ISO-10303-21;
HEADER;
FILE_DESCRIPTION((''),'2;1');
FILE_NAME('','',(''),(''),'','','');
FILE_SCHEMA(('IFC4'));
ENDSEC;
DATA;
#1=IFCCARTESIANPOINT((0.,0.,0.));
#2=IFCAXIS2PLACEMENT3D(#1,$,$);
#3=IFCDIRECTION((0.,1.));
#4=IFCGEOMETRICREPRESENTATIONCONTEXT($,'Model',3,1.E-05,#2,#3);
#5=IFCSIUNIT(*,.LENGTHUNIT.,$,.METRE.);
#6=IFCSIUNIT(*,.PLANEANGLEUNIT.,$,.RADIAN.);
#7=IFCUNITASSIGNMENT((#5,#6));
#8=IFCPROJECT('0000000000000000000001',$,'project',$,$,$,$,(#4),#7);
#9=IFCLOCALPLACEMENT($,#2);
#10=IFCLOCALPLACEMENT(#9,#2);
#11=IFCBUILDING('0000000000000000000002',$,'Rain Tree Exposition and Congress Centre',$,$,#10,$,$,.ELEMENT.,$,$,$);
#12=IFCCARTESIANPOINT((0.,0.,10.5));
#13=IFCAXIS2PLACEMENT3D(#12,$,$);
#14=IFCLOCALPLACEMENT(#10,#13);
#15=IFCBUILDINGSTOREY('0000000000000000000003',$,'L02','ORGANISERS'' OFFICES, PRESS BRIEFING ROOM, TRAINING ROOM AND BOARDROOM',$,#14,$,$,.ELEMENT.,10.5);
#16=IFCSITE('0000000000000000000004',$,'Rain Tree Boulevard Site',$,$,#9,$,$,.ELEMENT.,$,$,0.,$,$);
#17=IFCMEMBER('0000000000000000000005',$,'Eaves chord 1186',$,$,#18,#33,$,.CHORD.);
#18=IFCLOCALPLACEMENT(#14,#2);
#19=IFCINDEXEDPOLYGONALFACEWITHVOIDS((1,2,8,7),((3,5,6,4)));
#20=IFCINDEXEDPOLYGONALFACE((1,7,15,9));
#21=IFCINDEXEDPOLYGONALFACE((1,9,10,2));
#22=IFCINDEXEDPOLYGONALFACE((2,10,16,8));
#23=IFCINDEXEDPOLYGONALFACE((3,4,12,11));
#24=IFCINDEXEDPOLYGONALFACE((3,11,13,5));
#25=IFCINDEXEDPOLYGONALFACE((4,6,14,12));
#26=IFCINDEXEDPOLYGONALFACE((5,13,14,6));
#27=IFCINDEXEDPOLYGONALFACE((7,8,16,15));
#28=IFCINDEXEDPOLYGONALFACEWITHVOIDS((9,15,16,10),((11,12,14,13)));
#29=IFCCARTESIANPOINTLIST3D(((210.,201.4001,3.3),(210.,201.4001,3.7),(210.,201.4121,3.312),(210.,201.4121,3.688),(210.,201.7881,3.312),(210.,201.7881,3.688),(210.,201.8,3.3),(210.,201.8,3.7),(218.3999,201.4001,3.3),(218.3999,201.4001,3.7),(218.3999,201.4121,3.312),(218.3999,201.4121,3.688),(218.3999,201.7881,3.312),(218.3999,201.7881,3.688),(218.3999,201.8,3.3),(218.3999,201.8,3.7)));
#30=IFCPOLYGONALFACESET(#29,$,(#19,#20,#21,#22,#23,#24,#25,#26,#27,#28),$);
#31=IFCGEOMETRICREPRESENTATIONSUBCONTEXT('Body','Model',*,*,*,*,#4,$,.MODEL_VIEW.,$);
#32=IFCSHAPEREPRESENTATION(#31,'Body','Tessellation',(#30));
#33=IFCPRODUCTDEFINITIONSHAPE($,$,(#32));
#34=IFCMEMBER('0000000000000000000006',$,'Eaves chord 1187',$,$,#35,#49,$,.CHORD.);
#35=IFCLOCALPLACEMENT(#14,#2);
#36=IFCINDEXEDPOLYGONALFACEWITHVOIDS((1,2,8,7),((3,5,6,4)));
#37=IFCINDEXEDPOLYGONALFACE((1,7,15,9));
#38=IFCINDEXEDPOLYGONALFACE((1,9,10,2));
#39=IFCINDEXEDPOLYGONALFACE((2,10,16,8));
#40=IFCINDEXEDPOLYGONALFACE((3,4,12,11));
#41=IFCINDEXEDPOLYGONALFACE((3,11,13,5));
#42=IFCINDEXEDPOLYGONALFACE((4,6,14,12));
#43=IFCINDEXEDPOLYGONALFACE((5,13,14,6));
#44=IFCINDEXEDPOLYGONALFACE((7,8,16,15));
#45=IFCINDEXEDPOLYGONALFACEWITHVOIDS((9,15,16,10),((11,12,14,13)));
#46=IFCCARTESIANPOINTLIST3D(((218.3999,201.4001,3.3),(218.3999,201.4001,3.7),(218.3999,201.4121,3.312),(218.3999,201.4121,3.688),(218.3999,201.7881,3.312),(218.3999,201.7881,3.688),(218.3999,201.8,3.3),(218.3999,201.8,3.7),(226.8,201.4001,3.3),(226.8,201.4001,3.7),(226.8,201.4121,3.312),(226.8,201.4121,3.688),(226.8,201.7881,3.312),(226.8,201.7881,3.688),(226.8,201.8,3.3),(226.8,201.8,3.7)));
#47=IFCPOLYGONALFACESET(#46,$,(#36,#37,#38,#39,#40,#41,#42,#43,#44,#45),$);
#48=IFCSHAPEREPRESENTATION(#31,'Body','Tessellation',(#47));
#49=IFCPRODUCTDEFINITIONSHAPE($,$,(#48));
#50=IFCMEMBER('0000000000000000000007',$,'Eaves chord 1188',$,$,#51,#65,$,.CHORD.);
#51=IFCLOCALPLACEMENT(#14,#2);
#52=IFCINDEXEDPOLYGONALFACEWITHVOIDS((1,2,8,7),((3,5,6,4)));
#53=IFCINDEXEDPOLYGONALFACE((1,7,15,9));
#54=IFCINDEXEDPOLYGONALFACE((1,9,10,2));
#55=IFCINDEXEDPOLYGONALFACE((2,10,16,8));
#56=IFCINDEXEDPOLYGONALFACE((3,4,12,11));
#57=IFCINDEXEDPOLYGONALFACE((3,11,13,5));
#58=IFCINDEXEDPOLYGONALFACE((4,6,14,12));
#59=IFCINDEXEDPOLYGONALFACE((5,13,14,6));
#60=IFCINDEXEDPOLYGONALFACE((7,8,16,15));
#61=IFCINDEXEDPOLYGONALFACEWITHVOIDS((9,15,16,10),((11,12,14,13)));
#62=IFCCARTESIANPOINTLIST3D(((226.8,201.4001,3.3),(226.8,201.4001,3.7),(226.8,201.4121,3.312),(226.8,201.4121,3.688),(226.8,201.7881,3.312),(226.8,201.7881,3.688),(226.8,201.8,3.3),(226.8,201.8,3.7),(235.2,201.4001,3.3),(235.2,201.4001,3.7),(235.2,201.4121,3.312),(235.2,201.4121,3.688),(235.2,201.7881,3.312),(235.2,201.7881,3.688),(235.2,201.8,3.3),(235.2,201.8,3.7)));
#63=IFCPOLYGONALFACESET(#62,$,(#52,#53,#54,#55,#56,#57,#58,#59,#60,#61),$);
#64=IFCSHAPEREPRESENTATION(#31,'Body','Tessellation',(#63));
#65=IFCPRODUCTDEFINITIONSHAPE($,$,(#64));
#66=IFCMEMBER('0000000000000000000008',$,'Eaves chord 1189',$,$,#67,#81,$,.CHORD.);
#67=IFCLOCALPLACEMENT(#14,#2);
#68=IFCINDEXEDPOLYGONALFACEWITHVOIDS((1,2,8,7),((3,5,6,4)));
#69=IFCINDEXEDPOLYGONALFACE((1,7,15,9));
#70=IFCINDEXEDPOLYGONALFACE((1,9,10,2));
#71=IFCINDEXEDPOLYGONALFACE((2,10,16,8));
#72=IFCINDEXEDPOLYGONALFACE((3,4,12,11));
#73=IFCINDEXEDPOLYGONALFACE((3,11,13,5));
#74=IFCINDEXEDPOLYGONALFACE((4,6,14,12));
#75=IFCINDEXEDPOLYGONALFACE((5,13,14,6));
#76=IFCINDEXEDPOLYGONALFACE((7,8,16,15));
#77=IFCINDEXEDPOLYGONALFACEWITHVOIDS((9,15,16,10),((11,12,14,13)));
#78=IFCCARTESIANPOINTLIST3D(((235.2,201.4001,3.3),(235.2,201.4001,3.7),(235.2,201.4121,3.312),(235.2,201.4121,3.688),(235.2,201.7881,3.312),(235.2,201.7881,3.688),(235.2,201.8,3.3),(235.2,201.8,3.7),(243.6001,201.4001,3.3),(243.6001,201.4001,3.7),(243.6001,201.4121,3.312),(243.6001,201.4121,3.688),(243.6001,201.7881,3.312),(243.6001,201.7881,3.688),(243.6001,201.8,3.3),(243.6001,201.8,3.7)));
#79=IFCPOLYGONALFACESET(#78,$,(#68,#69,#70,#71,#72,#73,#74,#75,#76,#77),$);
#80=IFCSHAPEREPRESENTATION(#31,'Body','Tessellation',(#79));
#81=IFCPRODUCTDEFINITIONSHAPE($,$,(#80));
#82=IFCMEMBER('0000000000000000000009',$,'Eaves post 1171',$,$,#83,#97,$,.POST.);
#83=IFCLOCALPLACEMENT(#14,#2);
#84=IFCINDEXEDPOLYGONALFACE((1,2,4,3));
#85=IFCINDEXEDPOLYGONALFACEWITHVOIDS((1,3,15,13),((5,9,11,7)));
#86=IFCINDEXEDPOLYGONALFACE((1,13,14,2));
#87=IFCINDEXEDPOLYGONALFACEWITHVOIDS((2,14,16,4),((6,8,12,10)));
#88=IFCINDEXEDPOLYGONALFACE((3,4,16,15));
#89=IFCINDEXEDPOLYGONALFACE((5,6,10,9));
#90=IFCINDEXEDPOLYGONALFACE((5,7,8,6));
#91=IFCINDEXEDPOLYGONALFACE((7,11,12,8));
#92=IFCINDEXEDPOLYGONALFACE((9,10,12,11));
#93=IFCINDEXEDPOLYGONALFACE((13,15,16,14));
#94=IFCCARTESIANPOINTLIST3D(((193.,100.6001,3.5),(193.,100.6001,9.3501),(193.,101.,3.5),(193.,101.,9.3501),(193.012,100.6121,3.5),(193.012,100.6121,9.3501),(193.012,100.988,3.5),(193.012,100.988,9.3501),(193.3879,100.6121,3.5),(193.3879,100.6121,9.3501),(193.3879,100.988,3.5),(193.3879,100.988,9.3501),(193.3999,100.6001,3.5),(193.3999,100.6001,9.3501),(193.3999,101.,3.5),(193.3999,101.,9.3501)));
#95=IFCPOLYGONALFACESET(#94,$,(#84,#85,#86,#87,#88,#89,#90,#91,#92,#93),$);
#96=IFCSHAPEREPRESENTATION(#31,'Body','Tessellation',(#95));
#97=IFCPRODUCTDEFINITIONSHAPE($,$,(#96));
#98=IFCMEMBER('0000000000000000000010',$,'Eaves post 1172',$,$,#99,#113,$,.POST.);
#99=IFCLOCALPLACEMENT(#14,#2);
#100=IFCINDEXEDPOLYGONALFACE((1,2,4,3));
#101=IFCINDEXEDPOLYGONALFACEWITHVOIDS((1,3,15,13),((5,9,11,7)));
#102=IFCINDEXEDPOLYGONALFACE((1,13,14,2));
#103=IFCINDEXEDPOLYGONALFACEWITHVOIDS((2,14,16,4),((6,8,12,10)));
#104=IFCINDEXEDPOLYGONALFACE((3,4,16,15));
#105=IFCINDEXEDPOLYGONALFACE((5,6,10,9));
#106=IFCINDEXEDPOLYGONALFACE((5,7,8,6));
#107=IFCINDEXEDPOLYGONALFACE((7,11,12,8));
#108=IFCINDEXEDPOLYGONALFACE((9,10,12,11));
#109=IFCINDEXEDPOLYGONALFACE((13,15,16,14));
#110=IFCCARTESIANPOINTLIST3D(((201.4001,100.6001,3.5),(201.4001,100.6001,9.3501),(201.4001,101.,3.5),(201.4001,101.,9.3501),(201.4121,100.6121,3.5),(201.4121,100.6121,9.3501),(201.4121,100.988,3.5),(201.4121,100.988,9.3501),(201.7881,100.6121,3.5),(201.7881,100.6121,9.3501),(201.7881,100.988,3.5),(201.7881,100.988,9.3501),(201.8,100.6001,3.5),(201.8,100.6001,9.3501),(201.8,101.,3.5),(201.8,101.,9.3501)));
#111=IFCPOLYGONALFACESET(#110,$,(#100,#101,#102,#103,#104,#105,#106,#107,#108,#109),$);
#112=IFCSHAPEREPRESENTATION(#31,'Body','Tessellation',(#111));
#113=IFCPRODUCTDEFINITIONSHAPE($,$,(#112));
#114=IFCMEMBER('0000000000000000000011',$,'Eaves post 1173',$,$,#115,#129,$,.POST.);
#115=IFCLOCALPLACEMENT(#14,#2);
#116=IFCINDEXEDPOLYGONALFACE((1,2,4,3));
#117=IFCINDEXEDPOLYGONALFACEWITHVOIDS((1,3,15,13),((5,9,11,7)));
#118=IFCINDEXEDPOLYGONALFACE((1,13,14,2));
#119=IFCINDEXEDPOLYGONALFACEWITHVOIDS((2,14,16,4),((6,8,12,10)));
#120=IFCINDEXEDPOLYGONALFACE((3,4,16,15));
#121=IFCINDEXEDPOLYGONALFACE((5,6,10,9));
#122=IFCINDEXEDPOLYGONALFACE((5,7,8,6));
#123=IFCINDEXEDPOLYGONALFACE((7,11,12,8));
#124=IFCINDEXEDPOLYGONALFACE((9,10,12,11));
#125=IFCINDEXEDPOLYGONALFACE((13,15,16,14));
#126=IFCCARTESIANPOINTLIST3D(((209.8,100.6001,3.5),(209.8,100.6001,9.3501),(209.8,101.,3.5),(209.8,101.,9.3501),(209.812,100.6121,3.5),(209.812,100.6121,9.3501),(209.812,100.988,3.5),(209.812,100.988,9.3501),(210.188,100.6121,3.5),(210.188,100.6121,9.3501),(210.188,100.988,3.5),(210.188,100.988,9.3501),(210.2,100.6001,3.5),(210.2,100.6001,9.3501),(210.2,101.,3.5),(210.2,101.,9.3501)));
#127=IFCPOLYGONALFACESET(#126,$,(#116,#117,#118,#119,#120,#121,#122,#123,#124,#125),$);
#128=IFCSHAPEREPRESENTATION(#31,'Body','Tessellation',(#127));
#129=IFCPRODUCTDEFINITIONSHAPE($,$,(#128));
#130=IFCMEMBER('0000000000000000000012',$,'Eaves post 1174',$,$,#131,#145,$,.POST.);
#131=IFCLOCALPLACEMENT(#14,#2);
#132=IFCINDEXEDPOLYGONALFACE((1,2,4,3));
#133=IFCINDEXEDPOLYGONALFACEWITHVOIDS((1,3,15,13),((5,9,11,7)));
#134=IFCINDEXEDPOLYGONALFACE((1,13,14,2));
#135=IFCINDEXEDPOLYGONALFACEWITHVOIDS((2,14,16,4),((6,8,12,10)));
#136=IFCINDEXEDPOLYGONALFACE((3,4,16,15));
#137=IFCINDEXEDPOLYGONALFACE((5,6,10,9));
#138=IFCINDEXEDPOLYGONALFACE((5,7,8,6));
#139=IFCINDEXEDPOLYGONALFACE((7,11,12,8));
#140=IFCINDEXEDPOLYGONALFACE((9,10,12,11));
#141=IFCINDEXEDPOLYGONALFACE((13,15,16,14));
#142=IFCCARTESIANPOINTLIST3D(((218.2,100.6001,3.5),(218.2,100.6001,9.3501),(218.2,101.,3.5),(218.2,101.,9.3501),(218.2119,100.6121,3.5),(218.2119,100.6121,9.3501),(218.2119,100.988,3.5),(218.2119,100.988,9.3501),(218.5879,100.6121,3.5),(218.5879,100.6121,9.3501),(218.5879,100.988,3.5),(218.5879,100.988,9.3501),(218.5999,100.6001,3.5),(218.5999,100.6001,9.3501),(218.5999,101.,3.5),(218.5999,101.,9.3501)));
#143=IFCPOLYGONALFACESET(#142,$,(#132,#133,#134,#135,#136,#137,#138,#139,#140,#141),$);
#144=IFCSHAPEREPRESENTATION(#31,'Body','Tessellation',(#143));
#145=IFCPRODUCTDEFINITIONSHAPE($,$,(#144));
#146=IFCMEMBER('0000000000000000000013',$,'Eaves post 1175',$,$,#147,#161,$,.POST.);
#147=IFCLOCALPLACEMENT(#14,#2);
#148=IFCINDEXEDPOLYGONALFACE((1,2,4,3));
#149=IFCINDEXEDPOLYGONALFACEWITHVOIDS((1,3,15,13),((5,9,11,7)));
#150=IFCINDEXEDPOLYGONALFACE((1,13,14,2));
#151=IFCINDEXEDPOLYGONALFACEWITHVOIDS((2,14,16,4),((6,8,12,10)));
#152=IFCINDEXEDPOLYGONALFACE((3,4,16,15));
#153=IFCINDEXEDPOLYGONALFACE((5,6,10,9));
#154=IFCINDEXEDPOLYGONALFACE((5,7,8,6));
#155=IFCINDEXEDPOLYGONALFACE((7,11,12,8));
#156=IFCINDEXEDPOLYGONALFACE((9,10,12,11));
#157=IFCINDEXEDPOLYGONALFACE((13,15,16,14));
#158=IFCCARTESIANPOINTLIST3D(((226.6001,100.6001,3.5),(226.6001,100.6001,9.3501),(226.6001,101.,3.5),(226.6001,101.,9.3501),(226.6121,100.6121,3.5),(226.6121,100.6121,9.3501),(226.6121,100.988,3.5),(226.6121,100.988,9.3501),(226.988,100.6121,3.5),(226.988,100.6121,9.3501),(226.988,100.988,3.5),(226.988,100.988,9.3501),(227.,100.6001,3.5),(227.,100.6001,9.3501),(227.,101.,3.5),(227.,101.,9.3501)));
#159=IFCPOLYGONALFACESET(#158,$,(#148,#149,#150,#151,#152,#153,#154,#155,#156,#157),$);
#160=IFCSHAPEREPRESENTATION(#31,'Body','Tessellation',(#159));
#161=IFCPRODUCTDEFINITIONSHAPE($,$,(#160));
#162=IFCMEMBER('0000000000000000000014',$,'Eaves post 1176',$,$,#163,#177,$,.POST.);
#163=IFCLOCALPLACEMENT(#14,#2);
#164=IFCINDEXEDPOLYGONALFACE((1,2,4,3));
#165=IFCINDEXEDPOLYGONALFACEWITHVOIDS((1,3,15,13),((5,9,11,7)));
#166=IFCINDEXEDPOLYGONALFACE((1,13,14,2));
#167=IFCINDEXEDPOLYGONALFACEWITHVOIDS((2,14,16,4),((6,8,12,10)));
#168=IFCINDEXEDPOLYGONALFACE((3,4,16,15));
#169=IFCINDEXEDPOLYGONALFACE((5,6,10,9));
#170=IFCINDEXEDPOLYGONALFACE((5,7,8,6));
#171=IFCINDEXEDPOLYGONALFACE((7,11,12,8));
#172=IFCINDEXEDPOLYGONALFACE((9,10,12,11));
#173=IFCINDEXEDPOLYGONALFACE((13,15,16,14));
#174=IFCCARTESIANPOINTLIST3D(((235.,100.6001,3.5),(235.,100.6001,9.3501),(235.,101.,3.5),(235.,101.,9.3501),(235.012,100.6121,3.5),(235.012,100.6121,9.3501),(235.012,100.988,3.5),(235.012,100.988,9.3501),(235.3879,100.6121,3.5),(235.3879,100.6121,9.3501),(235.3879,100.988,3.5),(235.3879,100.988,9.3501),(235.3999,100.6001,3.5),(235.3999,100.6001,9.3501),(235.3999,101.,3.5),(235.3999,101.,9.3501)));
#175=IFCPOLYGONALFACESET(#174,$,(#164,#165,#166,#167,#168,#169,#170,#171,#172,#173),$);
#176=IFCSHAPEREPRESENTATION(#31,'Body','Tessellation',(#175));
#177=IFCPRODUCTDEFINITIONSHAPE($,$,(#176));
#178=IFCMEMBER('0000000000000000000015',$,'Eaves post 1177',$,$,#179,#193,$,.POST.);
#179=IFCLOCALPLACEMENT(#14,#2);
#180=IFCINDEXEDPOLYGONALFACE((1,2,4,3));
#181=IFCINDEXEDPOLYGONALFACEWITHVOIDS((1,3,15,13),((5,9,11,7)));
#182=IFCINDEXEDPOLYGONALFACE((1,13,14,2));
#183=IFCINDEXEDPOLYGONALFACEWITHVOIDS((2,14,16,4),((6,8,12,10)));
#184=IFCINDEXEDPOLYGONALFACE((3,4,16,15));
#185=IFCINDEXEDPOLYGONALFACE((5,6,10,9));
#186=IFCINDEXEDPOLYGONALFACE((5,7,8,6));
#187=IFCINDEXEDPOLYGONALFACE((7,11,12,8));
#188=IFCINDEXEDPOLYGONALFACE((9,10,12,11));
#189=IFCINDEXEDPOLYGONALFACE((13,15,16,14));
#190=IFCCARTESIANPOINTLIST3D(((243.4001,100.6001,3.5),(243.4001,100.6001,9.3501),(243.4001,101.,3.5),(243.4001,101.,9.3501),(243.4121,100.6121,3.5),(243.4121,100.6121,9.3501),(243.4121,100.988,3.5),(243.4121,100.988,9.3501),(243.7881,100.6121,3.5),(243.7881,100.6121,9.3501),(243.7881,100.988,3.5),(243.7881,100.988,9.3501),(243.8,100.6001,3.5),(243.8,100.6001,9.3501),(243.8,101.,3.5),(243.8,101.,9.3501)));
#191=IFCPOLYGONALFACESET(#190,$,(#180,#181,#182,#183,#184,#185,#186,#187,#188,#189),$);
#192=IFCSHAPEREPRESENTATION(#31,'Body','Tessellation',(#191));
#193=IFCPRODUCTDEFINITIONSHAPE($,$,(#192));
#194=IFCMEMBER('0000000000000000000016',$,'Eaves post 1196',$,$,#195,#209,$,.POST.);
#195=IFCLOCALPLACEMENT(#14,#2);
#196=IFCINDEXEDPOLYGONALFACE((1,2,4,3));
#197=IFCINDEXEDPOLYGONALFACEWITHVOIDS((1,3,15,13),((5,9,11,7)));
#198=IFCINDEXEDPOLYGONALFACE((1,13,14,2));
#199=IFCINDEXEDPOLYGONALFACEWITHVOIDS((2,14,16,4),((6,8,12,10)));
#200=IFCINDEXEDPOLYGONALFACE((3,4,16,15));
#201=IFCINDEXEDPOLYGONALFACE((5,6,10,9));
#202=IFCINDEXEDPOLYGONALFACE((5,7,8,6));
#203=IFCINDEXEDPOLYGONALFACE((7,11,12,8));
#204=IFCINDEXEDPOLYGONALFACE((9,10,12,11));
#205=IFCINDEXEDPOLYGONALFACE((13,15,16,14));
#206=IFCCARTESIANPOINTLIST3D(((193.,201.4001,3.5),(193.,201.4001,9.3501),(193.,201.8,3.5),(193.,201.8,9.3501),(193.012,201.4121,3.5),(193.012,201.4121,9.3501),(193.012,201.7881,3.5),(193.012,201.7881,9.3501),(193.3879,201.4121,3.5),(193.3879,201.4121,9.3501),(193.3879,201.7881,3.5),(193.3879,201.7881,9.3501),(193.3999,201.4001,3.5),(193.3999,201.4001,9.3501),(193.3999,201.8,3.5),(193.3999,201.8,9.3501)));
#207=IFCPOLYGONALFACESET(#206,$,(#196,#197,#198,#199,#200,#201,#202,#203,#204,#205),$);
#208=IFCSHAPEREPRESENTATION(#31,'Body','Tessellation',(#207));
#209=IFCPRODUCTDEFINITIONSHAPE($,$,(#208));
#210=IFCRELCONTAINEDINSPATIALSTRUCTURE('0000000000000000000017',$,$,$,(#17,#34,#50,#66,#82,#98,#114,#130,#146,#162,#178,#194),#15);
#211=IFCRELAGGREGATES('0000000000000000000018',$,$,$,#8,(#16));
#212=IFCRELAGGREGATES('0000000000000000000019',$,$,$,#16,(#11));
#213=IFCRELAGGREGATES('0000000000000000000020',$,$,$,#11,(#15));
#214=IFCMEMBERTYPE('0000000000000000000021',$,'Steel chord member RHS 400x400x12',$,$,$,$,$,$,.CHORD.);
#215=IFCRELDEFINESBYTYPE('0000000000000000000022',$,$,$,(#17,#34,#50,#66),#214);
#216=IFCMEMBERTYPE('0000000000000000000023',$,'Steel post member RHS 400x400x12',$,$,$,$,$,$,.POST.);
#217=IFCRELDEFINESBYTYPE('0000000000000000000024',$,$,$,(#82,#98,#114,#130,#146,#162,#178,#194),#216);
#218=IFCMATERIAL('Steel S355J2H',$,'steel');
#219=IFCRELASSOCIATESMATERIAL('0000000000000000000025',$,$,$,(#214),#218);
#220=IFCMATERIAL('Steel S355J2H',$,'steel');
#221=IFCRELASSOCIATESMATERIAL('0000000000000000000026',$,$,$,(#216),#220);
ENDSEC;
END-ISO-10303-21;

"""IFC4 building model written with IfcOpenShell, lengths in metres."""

from ifc_helpers import new_model, si_unit, direction, frame, origin, origin_2d, place, context, subcontext, project, spatial, hollow_rectangle, extrude, material, material_profile, profile_set, type_object, element, save


model = new_model("IFC4")

# Units and contexts
model_context = context("Model", 3, precision=1e-05, world=origin(), true_north=direction((0.0, 1.0)))
body_context = subcontext(model_context, "Body", "Model", "MODEL_VIEW")
ifc_project = project(units=[si_unit("LENGTHUNIT", "METRE"), si_unit("PLANEANGLEUNIT", "RADIAN")], contexts=[model_context])

# Site, building, storey
site_placement = place(None, origin())
site = spatial("IfcSite", under=ifc_project, at=site_placement, Name="Rain Tree Boulevard Site", CompositionType="ELEMENT", RefElevation=0.0)
building_placement = place(site_placement, origin())
building = spatial("IfcBuilding", under=site, at=building_placement, Name="Rain Tree Exposition and Congress Centre", CompositionType="ELEMENT")
storey_placement = place(building_placement, frame((0.0, 0.0, 10.5)))
storey = spatial("IfcBuildingStorey", under=building, at=storey_placement, Name="L02", Description="ORGANISERS' OFFICES, PRESS BRIEFING ROOM, TRAINING ROOM AND BOARDROOM", CompositionType="ELEMENT", Elevation=10.5)

# Members
ifc_material_1 = material(Name="Steel S355J2H", Category="steel")
ifc_material_profile_1 = material_profile(ifc_material_1, hollow_rectangle(XDim=0.3999, YDim=0.3999, WallThickness=0.012, at=origin_2d()), Name="RHS 400x400x12")
ifc_profile_set_1 = profile_set([ifc_material_profile_1], Name="Steel S355J2H")
member_type_1 = type_object("IfcMemberType", Name="Steel chord member RHS 400x400x12", PredefinedType="CHORD", material=ifc_profile_set_1)
for number, where, z_axis, x_axis, name in (
    (1, (210.0, 201.6001, 3.5), (1.0, 0.0, 0.0), (0.0, 1.0, 0.0), "Eaves chord 1186"),
):
    element("IfcMember", number, at=place(storey_placement, frame(where, z_axis=z_axis, x_axis=x_axis)), inside=storey, type_object=member_type_1, Name=name, PredefinedType="CHORD", context=body_context, shape_type="SweptSolid", body=[
        extrude(hollow_rectangle(XDim=0.3999, YDim=0.3999, WallThickness=0.012, at=origin_2d()), origin(), (0.0, 0.0, 1.0), 8.3999),
    ])
member_1_placement = place(storey_placement, frame((218.3999, 201.6001, 3.5), z_axis=(1.0, 0.0, 0.0), x_axis=(0.0, 1.0, 0.0)))
element("IfcMember", 2, at=member_1_placement, inside=storey, type_object=member_type_1, Name="Eaves chord 1187", PredefinedType="CHORD", context=body_context, shape_type="SweptSolid", body=[
    extrude(hollow_rectangle(XDim=0.3999, YDim=0.3999, WallThickness=0.012, at=origin_2d()), origin(), (0.0, 0.0, 1.0), 8.4001),
])
member_2_placement = place(storey_placement, frame((226.8, 201.6001, 3.5), z_axis=(1.0, 0.0, 0.0), x_axis=(0.0, 1.0, 0.0)))
element("IfcMember", 3, at=member_2_placement, inside=storey, type_object=member_type_1, Name="Eaves chord 1188", PredefinedType="CHORD", context=body_context, shape_type="SweptSolid", body=[
    extrude(hollow_rectangle(XDim=0.3999, YDim=0.3999, WallThickness=0.012, at=origin_2d()), origin(), (0.0, 0.0, 1.0), 8.3999),
])
member_3_placement = place(storey_placement, frame((235.2, 201.6001, 3.5), z_axis=(1.0, 0.0, 0.0), x_axis=(0.0, 1.0, 0.0)))
element("IfcMember", 4, at=member_3_placement, inside=storey, type_object=member_type_1, Name="Eaves chord 1189", PredefinedType="CHORD", context=body_context, shape_type="SweptSolid", body=[
    extrude(hollow_rectangle(XDim=0.3999, YDim=0.3999, WallThickness=0.012, at=origin_2d()), origin(), (0.0, 0.0, 1.0), 8.4001),
])
ifc_material_2 = material(Name="Steel S355J2H", Category="steel")
ifc_material_profile_2 = material_profile(ifc_material_2, hollow_rectangle(XDim=0.3999, YDim=0.3999, WallThickness=0.012, at=origin_2d()), Name="RHS 400x400x12")
ifc_profile_set_2 = profile_set([ifc_material_profile_2], Name="Steel S355J2H")
member_type_2 = type_object("IfcMemberType", Name="Steel post member RHS 400x400x12", PredefinedType="POST", material=ifc_profile_set_2)
for number, where, z_axis, x_axis, name in (
    (5, (193.2, 100.8, 3.5), (0.0, 0.0, 1.0), (1.0, 0.0, 0.0), "Eaves post 1171"),
    (6, (201.6001, 100.8, 3.5), (0.0, 0.0, 1.0), (1.0, 0.0, 0.0), "Eaves post 1172"),
    (7, (210.0, 100.8, 3.5), (0.0, 0.0, 1.0), (1.0, 0.0, 0.0), "Eaves post 1173"),
    (8, (218.3999, 100.8, 3.5), (0.0, 0.0, 1.0), (1.0, 0.0, 0.0), "Eaves post 1174"),
    (9, (226.8, 100.8, 3.5), (0.0, 0.0, 1.0), (1.0, 0.0, 0.0), "Eaves post 1175"),
    (10, (235.2, 100.8, 3.5), (0.0, 0.0, 1.0), (1.0, 0.0, 0.0), "Eaves post 1176"),
    (11, (243.6001, 100.8, 3.5), (0.0, 0.0, 1.0), (1.0, 0.0, 0.0), "Eaves post 1177"),
    (12, (193.2, 201.6001, 3.5), (0.0, 0.0, 1.0), (1.0, 0.0, 0.0), "Eaves post 1196"),
):
    element("IfcMember", number, at=place(storey_placement, frame(where, z_axis=z_axis, x_axis=x_axis)), inside=storey, type_object=member_type_2, Name=name, PredefinedType="POST", context=body_context, shape_type="SweptSolid", body=[
        extrude(hollow_rectangle(XDim=0.3999, YDim=0.3999, WallThickness=0.012, at=origin_2d()), origin(), (0.0, 0.0, 1.0), 5.8501),
    ])

save(model, "model.ifc")
